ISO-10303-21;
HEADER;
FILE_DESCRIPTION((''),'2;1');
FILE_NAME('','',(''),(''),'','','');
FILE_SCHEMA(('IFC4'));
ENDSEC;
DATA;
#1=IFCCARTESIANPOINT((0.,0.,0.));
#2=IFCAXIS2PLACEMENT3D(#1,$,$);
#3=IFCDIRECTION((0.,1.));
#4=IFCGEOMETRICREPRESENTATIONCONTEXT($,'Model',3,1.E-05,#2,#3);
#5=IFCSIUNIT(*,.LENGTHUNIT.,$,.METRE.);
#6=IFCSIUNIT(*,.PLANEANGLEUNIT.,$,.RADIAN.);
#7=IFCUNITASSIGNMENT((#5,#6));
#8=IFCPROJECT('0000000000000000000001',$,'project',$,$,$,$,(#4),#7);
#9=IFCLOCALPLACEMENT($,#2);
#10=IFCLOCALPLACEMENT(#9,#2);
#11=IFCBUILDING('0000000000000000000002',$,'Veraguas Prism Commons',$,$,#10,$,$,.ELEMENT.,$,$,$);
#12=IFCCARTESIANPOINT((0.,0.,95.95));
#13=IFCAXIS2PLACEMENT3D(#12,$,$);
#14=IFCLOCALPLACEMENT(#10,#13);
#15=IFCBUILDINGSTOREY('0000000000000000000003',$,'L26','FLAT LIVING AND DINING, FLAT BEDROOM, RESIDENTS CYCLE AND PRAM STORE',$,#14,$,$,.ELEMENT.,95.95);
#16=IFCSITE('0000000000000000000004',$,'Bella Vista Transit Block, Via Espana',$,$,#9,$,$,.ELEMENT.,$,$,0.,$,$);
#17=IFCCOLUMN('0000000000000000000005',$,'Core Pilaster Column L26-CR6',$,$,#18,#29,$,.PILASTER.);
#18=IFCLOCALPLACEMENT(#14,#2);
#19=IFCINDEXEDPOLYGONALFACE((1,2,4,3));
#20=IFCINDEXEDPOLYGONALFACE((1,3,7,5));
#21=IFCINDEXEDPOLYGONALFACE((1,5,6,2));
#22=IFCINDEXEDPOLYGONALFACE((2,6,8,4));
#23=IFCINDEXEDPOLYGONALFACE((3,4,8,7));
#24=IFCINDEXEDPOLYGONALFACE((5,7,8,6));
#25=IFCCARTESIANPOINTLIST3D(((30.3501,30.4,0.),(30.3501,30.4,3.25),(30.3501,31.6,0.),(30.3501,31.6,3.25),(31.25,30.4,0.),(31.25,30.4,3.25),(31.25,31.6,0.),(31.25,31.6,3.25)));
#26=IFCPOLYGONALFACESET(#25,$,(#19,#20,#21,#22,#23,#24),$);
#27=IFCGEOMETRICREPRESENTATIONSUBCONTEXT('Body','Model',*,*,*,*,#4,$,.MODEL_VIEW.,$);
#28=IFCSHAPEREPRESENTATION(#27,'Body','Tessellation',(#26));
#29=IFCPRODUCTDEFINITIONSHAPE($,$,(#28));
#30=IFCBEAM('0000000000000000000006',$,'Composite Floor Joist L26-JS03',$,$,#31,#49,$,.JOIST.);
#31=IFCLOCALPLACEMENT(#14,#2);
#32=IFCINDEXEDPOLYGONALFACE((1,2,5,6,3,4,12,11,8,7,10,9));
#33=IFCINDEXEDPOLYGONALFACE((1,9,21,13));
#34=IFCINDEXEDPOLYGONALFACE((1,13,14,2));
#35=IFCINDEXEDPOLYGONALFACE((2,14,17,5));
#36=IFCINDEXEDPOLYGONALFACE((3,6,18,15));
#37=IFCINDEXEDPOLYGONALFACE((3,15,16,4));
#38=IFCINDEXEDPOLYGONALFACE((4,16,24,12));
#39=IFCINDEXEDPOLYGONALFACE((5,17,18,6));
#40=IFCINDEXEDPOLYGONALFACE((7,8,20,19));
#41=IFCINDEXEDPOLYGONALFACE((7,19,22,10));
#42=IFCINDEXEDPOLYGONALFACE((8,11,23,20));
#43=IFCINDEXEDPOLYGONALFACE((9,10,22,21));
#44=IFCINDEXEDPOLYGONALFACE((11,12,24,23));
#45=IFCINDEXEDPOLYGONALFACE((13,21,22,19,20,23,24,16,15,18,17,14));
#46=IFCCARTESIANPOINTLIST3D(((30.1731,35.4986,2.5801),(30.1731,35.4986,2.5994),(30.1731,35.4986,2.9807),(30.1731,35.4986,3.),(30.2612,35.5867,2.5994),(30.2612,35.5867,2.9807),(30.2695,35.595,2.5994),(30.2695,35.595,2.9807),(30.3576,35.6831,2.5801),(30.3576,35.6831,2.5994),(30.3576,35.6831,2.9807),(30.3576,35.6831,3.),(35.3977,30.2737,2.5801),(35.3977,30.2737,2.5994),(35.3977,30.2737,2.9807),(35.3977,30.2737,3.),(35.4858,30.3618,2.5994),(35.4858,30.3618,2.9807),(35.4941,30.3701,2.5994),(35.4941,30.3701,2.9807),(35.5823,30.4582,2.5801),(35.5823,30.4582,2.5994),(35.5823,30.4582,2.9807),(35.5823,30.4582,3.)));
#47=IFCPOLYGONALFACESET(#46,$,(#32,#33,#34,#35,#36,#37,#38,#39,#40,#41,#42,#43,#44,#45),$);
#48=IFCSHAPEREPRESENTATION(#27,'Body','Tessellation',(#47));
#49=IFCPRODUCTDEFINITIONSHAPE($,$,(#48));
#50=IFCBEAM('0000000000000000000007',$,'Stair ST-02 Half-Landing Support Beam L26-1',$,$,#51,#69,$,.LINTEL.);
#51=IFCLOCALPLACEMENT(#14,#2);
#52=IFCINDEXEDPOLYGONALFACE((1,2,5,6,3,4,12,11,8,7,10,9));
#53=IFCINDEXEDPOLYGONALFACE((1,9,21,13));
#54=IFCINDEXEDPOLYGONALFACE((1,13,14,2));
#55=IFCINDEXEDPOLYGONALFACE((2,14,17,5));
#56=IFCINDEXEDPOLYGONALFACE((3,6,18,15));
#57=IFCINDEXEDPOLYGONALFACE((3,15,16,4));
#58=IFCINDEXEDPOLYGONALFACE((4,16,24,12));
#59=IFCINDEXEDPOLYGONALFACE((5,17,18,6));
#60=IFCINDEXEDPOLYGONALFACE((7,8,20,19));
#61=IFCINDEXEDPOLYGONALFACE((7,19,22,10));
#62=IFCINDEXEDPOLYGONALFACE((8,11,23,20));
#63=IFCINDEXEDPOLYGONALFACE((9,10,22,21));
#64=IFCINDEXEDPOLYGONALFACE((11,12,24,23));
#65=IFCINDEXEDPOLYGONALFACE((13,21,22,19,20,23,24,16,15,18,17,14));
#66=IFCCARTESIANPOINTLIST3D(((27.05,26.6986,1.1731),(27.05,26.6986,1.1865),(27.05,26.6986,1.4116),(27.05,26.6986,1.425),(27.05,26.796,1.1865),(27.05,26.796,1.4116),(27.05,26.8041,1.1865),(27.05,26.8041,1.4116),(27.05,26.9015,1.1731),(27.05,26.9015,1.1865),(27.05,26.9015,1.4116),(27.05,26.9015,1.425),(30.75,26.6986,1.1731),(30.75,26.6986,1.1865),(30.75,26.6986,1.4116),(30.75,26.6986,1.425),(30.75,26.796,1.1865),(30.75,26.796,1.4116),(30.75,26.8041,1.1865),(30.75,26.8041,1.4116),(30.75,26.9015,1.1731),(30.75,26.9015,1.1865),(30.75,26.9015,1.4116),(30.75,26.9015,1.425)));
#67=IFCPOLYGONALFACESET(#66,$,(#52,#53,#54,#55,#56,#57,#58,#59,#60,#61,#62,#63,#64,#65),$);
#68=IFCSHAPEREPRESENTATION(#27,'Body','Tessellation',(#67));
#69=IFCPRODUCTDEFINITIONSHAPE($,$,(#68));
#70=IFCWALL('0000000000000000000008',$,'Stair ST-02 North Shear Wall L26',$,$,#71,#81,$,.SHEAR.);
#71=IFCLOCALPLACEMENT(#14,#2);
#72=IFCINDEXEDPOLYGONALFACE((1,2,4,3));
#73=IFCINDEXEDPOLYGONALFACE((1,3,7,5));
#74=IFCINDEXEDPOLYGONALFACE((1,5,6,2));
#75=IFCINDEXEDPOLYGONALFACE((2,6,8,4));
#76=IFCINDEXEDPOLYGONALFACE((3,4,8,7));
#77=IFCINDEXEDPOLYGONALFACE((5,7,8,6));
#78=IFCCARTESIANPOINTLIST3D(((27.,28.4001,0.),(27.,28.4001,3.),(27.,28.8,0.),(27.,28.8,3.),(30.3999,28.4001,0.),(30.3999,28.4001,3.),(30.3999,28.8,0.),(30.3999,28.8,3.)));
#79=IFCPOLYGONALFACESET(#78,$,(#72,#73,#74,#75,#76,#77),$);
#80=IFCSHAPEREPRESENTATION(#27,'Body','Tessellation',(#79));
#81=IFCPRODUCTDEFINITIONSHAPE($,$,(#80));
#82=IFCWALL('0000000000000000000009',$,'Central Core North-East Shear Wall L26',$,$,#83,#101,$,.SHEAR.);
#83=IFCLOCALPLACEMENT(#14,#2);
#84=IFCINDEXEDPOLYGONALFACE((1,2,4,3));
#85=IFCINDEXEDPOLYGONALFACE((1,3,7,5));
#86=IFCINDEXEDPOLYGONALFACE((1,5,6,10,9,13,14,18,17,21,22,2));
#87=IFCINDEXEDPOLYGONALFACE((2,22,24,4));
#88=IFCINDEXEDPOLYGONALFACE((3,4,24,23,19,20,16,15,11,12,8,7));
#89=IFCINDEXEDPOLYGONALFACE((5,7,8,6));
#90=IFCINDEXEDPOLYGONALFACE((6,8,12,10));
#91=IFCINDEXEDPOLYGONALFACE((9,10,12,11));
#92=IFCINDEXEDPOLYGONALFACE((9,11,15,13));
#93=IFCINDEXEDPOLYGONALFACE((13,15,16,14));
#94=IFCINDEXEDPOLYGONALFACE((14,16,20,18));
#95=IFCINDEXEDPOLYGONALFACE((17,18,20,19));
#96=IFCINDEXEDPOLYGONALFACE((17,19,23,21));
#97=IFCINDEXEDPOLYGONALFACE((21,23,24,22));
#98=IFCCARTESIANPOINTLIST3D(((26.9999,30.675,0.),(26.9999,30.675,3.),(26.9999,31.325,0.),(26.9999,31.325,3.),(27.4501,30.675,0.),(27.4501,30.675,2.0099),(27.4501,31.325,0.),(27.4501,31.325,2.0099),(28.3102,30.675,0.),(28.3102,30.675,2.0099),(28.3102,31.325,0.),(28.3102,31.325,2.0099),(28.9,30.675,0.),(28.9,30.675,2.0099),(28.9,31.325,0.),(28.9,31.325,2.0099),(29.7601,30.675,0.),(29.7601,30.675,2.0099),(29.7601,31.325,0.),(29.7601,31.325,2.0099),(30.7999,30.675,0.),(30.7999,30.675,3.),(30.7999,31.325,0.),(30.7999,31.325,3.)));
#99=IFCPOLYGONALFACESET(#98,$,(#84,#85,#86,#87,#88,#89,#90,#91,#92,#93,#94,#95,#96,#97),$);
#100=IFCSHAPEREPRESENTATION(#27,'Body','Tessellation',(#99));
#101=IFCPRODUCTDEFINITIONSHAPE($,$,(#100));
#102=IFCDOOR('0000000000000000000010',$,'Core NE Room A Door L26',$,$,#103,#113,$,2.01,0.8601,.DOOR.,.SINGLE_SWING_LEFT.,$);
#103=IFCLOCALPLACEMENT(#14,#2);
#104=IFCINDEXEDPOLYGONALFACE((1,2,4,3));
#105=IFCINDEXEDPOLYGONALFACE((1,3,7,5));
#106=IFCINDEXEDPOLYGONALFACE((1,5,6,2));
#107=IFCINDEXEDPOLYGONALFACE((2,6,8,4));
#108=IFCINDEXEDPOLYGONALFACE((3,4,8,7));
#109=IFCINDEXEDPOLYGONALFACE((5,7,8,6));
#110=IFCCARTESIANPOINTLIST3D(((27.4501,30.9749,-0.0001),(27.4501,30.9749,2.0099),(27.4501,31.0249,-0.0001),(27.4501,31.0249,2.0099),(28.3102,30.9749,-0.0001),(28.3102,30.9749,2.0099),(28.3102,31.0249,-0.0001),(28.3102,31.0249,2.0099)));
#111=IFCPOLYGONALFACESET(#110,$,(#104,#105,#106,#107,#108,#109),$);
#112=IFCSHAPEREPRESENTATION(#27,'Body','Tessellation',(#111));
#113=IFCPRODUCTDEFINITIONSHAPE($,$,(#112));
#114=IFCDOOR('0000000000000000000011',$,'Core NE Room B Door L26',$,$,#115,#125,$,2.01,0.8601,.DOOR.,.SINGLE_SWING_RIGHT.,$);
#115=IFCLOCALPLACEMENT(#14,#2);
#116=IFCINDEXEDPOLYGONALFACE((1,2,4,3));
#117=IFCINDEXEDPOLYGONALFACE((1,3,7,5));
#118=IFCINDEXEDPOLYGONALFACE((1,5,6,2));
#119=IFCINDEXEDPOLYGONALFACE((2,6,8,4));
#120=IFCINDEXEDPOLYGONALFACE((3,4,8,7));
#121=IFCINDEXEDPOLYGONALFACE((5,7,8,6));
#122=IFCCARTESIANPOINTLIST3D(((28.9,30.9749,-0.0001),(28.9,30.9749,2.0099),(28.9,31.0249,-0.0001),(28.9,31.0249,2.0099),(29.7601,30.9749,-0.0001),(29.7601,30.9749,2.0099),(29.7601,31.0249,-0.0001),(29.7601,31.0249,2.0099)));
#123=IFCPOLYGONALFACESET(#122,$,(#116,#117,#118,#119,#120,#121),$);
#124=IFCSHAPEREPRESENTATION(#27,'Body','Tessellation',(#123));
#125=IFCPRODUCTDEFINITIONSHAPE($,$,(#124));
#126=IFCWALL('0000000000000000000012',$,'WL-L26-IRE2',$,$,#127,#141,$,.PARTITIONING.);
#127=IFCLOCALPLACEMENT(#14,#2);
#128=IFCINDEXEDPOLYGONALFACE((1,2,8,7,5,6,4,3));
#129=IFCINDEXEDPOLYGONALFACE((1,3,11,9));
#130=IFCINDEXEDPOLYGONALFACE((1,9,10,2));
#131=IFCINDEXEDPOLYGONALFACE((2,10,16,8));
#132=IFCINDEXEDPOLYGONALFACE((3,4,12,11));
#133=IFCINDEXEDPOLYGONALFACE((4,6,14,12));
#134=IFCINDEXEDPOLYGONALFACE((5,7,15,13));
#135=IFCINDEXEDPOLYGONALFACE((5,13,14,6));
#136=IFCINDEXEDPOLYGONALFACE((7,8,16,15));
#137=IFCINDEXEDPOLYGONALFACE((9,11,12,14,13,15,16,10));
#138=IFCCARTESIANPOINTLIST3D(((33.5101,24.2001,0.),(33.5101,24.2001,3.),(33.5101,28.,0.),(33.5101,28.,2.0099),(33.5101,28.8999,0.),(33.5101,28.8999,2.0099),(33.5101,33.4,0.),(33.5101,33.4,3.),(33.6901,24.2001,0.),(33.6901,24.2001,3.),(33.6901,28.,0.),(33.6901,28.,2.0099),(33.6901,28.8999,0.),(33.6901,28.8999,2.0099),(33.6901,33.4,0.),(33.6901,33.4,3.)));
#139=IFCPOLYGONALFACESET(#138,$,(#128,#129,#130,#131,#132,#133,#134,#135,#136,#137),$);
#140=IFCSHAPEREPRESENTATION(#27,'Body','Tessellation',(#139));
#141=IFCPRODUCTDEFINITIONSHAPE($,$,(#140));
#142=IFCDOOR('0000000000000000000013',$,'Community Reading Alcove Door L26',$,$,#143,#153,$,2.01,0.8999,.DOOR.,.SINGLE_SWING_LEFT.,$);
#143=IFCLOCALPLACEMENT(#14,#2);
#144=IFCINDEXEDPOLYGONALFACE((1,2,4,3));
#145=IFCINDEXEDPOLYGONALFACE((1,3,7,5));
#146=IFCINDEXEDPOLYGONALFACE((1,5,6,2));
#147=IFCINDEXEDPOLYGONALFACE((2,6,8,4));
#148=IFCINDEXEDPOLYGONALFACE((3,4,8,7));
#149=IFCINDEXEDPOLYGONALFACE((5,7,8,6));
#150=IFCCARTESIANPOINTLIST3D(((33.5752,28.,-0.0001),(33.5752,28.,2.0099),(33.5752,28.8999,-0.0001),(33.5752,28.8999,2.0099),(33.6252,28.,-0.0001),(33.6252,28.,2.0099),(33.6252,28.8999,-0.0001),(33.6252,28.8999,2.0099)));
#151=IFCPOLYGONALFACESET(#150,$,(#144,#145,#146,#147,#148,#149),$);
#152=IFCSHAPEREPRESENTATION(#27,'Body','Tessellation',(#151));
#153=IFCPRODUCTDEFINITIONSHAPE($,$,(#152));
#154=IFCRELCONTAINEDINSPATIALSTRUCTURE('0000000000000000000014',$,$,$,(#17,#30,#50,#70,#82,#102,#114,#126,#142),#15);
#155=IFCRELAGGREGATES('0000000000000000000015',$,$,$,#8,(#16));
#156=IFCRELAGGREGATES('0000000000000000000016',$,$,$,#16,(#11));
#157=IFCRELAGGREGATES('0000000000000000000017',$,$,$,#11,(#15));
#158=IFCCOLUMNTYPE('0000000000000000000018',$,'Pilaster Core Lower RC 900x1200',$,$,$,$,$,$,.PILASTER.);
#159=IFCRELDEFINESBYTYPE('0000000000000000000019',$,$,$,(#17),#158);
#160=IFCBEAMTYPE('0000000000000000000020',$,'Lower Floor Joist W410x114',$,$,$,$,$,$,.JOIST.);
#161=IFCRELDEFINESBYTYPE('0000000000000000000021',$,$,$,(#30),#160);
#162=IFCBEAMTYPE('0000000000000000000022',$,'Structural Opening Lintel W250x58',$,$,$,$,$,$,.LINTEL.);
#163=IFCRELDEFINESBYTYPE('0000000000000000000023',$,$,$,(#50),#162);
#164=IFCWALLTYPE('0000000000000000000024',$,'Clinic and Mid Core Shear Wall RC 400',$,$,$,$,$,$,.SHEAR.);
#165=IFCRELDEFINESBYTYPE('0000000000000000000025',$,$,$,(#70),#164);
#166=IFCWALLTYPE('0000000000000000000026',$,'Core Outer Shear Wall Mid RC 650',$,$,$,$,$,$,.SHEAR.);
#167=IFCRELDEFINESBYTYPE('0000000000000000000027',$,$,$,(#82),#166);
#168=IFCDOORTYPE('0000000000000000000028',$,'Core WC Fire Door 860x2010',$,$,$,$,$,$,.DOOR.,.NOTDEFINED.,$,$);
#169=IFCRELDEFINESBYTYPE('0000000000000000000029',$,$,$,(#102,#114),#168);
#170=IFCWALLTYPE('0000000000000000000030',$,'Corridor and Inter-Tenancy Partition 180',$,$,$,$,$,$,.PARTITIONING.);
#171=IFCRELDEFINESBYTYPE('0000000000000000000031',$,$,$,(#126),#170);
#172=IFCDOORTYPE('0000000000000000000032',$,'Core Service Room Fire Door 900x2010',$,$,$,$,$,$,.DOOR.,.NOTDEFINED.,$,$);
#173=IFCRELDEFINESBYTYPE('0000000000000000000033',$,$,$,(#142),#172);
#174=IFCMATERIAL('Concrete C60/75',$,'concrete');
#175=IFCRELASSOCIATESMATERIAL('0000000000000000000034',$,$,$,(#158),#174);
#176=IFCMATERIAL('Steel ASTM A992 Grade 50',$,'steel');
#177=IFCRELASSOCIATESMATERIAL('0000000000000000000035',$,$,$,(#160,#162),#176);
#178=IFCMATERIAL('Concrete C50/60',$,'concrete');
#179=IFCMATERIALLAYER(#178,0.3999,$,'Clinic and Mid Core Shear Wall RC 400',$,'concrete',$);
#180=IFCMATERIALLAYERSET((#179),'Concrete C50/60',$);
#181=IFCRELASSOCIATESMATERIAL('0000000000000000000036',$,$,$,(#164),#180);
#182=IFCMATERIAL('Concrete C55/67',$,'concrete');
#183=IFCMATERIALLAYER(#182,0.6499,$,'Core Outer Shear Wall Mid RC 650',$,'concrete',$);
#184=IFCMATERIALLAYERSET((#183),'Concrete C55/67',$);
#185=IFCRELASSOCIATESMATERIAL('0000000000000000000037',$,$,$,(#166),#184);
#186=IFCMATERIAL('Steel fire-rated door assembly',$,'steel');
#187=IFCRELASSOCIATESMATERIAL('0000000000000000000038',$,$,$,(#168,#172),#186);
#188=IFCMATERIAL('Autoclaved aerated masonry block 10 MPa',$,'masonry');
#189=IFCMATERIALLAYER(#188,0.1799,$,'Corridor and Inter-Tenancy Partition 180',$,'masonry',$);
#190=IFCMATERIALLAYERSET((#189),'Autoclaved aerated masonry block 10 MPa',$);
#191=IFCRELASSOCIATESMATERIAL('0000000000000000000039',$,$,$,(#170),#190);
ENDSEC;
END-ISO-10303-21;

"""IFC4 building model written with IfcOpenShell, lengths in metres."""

from ifc_helpers import new_model, si_unit, direction, frame, frame_2d, origin, origin_2d, place, context, subcontext, project, spatial, rectangle, i_section, extrude, source, transform, mapped, material, layer, layer_set, material_profile, profile_set, type_object, element, fill, save


model = new_model("IFC4")

# Units and contexts
model_context = context("Model", 3, precision=1e-05, world=origin(), true_north=direction((0.0, 1.0)))
body_context = subcontext(model_context, "Body", "Model", "MODEL_VIEW")
ifc_project = project(units=[si_unit("LENGTHUNIT", "METRE"), si_unit("PLANEANGLEUNIT", "RADIAN")], contexts=[model_context])

# Site, building, storey
site_placement = place(None, origin())
site = spatial("IfcSite", under=ifc_project, at=site_placement, Name="Bella Vista Transit Block, Via Espana", CompositionType="ELEMENT", RefElevation=0.0)
building_placement = place(site_placement, origin())
building = spatial("IfcBuilding", under=site, at=building_placement, Name="Veraguas Prism Commons", CompositionType="ELEMENT")
storey_placement = place(building_placement, frame((0.0, 0.0, 95.95)))
storey = spatial("IfcBuildingStorey", under=building, at=storey_placement, Name="L26", Description="FLAT LIVING AND DINING, FLAT BEDROOM, RESIDENTS CYCLE AND PRAM STORE", CompositionType="ELEMENT", Elevation=95.95)

# Column
ifc_material_1 = material(Name="Concrete C60/75", Category="concrete")
ifc_material_profile_1 = material_profile(ifc_material_1, rectangle(XDim=0.8999, YDim=1.2, at=origin_2d()), Name="RC900X1200")
ifc_profile_set_1 = profile_set([ifc_material_profile_1], Name="Concrete C60/75")
column_type = type_object("IfcColumnType", Name="Pilaster Core Lower RC 900x1200", PredefinedType="PILASTER", material=ifc_profile_set_1)
column_placement = place(storey_placement, frame((30.8, 31.0, 0.0), z_axis=(0.0, 0.0, 1.0), x_axis=(1.0, 0.0, 0.0)))
element("IfcColumn", 1, at=column_placement, inside=storey, type_object=column_type, Name="Core Pilaster Column L26-CR6", PredefinedType="PILASTER", context=body_context, shape_type="SweptSolid", body=[
    extrude(rectangle(XDim=0.8999, YDim=1.2, at=origin_2d()), origin(), (0.0, 0.0, 1.0), 3.25),
])

# Beams
ifc_material_2 = material(Name="Steel ASTM A992 Grade 50", Category="steel")
ifc_material_profile_2 = material_profile(ifc_material_2, i_section(OverallWidth=0.261, OverallDepth=0.4199, WebThickness=0.0117, FlangeThickness=0.0193, at=origin_2d()), Name="W410X114")
ifc_profile_set_2 = profile_set([ifc_material_profile_2], Name="Steel ASTM A992 Grade 50")
beam_type_1 = type_object("IfcBeamType", Name="Lower Floor Joist W410x114", PredefinedType="JOIST", material=ifc_profile_set_2)
beam_1_placement = place(storey_placement, frame((35.49, 30.366, 2.79), z_axis=(-0.70709, 0.707123, 0.0), x_axis=(-0.707123, -0.70709, 0.0)))
element("IfcBeam", 2, at=beam_1_placement, inside=storey, type_object=beam_type_1, Name="Composite Floor Joist L26-JS03", PredefinedType="JOIST", context=body_context, shape_type="SweptSolid", body=[
    extrude(i_section(OverallWidth=0.261, OverallDepth=0.4199, WebThickness=0.0117, FlangeThickness=0.0193, at=origin_2d()), origin(), (0.0, 0.0, 1.0), 7.3889),
])
ifc_material_profile_3 = material_profile(ifc_material_2, i_section(OverallWidth=0.2029, OverallDepth=0.252, WebThickness=0.0081, FlangeThickness=0.0134, at=origin_2d()), Name="W250X58")
ifc_profile_set_3 = profile_set([ifc_material_profile_3], Name="Steel ASTM A992 Grade 50")
beam_type_2 = type_object("IfcBeamType", Name="Structural Opening Lintel W250x58", PredefinedType="LINTEL", material=ifc_profile_set_3)
beam_2_placement = place(storey_placement, frame((27.05, 26.8, 1.2991), z_axis=(1.0, 0.0, 0.0), x_axis=(0.0, 1.0, 0.0)))
element("IfcBeam", 3, at=beam_2_placement, inside=storey, type_object=beam_type_2, Name="Stair ST-02 Half-Landing Support Beam L26-1", PredefinedType="LINTEL", context=body_context, shape_type="SweptSolid", body=[
    extrude(i_section(OverallWidth=0.2029, OverallDepth=0.252, WebThickness=0.0081, FlangeThickness=0.0134, at=origin_2d()), origin(), (0.0, 0.0, 1.0), 3.7),
])

# Wall
ifc_material_3 = material(Name="Concrete C50/60", Category="concrete")
ifc_layer_1 = layer(ifc_material_3, 0.3999, Name="Clinic and Mid Core Shear Wall RC 400", Category="concrete")
ifc_layer_set_1 = layer_set([ifc_layer_1], Name="Concrete C50/60")
wall_type_1 = type_object("IfcWallType", Name="Clinic and Mid Core Shear Wall RC 400", PredefinedType="SHEAR", material=ifc_layer_set_1)
wall_1_placement = place(storey_placement, frame((27.0, 28.6001, 0.0), z_axis=(0.0, 0.0, 1.0), x_axis=(1.0, 0.0, 0.0)))
element("IfcWall", 4, at=wall_1_placement, inside=storey, type_object=wall_type_1, Name="Stair ST-02 North Shear Wall L26", PredefinedType="SHEAR", context=body_context, shape_type="SweptSolid", body=[
    extrude(rectangle(XDim=3.3999, YDim=0.3999, at=frame_2d((1.7, 0.0))), origin(), (0.0, 0.0, 1.0), 3.0),
])

# Wall, openings, doors
ifc_material_4 = material(Name="Concrete C55/67", Category="concrete")
ifc_layer_2 = layer(ifc_material_4, 0.6499, Name="Core Outer Shear Wall Mid RC 650", Category="concrete")
ifc_layer_set_2 = layer_set([ifc_layer_2], Name="Concrete C55/67")
wall_type_2 = type_object("IfcWallType", Name="Core Outer Shear Wall Mid RC 650", PredefinedType="SHEAR", material=ifc_layer_set_2)
wall_2_placement = place(storey_placement, frame((27.0, 31.0, 0.0), z_axis=(0.0, 0.0, 1.0), x_axis=(1.0, 0.0, 0.0)))
wall_2 = element("IfcWall", 5, at=wall_2_placement, inside=storey, type_object=wall_type_2, Name="Central Core North-East Shear Wall L26", PredefinedType="SHEAR", context=body_context, shape_type="SweptSolid", body=[
    extrude(rectangle(XDim=3.8, YDim=0.6499, at=frame_2d((1.8999, 0.0))), origin(), (0.0, 0.0, 1.0), 3.0),
])
opening_1_placement = place(wall_2_placement, frame((0.45, 0.0, 0.0)))
opening_1 = element("IfcOpeningElement", 6, at=opening_1_placement, cuts=wall_2, PredefinedType="OPENING", context=body_context, shape_type="SweptSolid", body=[
    extrude(rectangle(XDim=0.8601, YDim=2.01, at=frame_2d((0.4302, 1.0049))), frame((0.0, 0.335, 0.0), z_axis=(0.0, -1.0, 0.0), x_axis=(1.0, 0.0, 0.0)), (0.0, 0.0, 1.0), 0.6699),
])
opening_2_placement = place(wall_2_placement, frame((1.8999, 0.0, 0.0)))
opening_2 = element("IfcOpeningElement", 7, at=opening_2_placement, cuts=wall_2, PredefinedType="OPENING", context=body_context, shape_type="SweptSolid", body=[
    extrude(rectangle(XDim=0.8601, YDim=2.01, at=frame_2d((0.4302, 1.0049))), frame((0.0, 0.335, 0.0), z_axis=(0.0, -1.0, 0.0), x_axis=(1.0, 0.0, 0.0)), (0.0, 0.0, 1.0), 0.6699),
])
ifc_material_5 = material(Name="Steel fire-rated door assembly", Category="steel")
door_type_1 = type_object("IfcDoorType", Name="Core WC Fire Door 860x2010", OperationType="NOTDEFINED", PredefinedType="DOOR", material=ifc_material_5)
shared_shape_1 = source(origin(), body_context, "Body", "SweptSolid", [
    extrude(rectangle(XDim=0.8601, YDim=2.01, at=frame_2d((0.4302, 1.0049))), frame((0.0, 0.0249, 0.0), z_axis=(0.0, -1.0, 0.0), x_axis=(1.0, 0.0, 0.0)), (0.0, 0.0, 1.0), 0.05),
])
door_1_placement = place(opening_1_placement, origin())
door_1 = element("IfcDoor", 8, at=door_1_placement, inside=storey, type_object=door_type_1, Name="Core NE Room A Door L26", OperationType="SINGLE_SWING_LEFT", OverallHeight=2.01, OverallWidth=0.8601, PredefinedType="DOOR", context=body_context, shape_type="MappedRepresentation", body=[
    mapped(shared_shape_1, transform((0.0, 0.0, 0.0), scale=1.0)),
])
fill(opening_1, door_1)
door_2_placement = place(opening_2_placement, origin())
door_2 = element("IfcDoor", 9, at=door_2_placement, inside=storey, type_object=door_type_1, Name="Core NE Room B Door L26", OperationType="SINGLE_SWING_RIGHT", OverallHeight=2.01, OverallWidth=0.8601, PredefinedType="DOOR", context=body_context, shape_type="MappedRepresentation", body=[
    mapped(shared_shape_1, transform((0.0, 0.0, 0.0), scale=1.0)),
])
fill(opening_2, door_2)

# Wall, opening, door
ifc_material_6 = material(Name="Autoclaved aerated masonry block 10 MPa", Category="masonry")
ifc_layer_3 = layer(ifc_material_6, 0.1799, Name="Corridor and Inter-Tenancy Partition 180", Category="masonry")
ifc_layer_set_3 = layer_set([ifc_layer_3], Name="Autoclaved aerated masonry block 10 MPa")
wall_type_3 = type_object("IfcWallType", Name="Corridor and Inter-Tenancy Partition 180", PredefinedType="PARTITIONING", material=ifc_layer_set_3)
wall_3_placement = place(storey_placement, frame((33.6001, 24.2, 0.0), z_axis=(0.0, 0.0, 1.0), x_axis=(0.0, 1.0, 0.0)))
wall_3 = element("IfcWall", 10, at=wall_3_placement, inside=storey, type_object=wall_type_3, Name="WL-L26-IRE2", PredefinedType="PARTITIONING", context=body_context, shape_type="SweptSolid", body=[
    extrude(rectangle(XDim=9.2, YDim=0.1799, at=frame_2d((4.6001, 0.0))), origin(), (0.0, 0.0, 1.0), 3.0),
])
opening_3_placement = place(wall_3_placement, frame((3.8, 0.0, 0.0)))
opening_3 = element("IfcOpeningElement", 11, at=opening_3_placement, cuts=wall_3, PredefinedType="OPENING", context=body_context, shape_type="SweptSolid", body=[
    extrude(rectangle(XDim=0.8999, YDim=2.01, at=frame_2d((0.45, 1.0049))), frame((0.0, 0.0999, 0.0), z_axis=(0.0, -1.0, 0.0), x_axis=(1.0, 0.0, 0.0)), (0.0, 0.0, 1.0), 0.2),
])
door_type_2 = type_object("IfcDoorType", Name="Core Service Room Fire Door 900x2010", OperationType="NOTDEFINED", PredefinedType="DOOR", material=ifc_material_5)
shared_shape_2 = source(origin(), body_context, "Body", "SweptSolid", [
    extrude(rectangle(XDim=0.8999, YDim=2.01, at=frame_2d((0.45, 1.0049))), frame((0.0, 0.0249, 0.0), z_axis=(0.0, -1.0, 0.0), x_axis=(1.0, 0.0, 0.0)), (0.0, 0.0, 1.0), 0.05),
])
door_3_placement = place(opening_3_placement, origin())
door_3 = element("IfcDoor", 12, at=door_3_placement, inside=storey, type_object=door_type_2, Name="Community Reading Alcove Door L26", OperationType="SINGLE_SWING_LEFT", OverallHeight=2.01, OverallWidth=0.8999, PredefinedType="DOOR", context=body_context, shape_type="MappedRepresentation", body=[
    mapped(shared_shape_2, transform((0.0, 0.0, 0.0), scale=1.0)),
])
fill(opening_3, door_3)

save(model, "model.ifc")
